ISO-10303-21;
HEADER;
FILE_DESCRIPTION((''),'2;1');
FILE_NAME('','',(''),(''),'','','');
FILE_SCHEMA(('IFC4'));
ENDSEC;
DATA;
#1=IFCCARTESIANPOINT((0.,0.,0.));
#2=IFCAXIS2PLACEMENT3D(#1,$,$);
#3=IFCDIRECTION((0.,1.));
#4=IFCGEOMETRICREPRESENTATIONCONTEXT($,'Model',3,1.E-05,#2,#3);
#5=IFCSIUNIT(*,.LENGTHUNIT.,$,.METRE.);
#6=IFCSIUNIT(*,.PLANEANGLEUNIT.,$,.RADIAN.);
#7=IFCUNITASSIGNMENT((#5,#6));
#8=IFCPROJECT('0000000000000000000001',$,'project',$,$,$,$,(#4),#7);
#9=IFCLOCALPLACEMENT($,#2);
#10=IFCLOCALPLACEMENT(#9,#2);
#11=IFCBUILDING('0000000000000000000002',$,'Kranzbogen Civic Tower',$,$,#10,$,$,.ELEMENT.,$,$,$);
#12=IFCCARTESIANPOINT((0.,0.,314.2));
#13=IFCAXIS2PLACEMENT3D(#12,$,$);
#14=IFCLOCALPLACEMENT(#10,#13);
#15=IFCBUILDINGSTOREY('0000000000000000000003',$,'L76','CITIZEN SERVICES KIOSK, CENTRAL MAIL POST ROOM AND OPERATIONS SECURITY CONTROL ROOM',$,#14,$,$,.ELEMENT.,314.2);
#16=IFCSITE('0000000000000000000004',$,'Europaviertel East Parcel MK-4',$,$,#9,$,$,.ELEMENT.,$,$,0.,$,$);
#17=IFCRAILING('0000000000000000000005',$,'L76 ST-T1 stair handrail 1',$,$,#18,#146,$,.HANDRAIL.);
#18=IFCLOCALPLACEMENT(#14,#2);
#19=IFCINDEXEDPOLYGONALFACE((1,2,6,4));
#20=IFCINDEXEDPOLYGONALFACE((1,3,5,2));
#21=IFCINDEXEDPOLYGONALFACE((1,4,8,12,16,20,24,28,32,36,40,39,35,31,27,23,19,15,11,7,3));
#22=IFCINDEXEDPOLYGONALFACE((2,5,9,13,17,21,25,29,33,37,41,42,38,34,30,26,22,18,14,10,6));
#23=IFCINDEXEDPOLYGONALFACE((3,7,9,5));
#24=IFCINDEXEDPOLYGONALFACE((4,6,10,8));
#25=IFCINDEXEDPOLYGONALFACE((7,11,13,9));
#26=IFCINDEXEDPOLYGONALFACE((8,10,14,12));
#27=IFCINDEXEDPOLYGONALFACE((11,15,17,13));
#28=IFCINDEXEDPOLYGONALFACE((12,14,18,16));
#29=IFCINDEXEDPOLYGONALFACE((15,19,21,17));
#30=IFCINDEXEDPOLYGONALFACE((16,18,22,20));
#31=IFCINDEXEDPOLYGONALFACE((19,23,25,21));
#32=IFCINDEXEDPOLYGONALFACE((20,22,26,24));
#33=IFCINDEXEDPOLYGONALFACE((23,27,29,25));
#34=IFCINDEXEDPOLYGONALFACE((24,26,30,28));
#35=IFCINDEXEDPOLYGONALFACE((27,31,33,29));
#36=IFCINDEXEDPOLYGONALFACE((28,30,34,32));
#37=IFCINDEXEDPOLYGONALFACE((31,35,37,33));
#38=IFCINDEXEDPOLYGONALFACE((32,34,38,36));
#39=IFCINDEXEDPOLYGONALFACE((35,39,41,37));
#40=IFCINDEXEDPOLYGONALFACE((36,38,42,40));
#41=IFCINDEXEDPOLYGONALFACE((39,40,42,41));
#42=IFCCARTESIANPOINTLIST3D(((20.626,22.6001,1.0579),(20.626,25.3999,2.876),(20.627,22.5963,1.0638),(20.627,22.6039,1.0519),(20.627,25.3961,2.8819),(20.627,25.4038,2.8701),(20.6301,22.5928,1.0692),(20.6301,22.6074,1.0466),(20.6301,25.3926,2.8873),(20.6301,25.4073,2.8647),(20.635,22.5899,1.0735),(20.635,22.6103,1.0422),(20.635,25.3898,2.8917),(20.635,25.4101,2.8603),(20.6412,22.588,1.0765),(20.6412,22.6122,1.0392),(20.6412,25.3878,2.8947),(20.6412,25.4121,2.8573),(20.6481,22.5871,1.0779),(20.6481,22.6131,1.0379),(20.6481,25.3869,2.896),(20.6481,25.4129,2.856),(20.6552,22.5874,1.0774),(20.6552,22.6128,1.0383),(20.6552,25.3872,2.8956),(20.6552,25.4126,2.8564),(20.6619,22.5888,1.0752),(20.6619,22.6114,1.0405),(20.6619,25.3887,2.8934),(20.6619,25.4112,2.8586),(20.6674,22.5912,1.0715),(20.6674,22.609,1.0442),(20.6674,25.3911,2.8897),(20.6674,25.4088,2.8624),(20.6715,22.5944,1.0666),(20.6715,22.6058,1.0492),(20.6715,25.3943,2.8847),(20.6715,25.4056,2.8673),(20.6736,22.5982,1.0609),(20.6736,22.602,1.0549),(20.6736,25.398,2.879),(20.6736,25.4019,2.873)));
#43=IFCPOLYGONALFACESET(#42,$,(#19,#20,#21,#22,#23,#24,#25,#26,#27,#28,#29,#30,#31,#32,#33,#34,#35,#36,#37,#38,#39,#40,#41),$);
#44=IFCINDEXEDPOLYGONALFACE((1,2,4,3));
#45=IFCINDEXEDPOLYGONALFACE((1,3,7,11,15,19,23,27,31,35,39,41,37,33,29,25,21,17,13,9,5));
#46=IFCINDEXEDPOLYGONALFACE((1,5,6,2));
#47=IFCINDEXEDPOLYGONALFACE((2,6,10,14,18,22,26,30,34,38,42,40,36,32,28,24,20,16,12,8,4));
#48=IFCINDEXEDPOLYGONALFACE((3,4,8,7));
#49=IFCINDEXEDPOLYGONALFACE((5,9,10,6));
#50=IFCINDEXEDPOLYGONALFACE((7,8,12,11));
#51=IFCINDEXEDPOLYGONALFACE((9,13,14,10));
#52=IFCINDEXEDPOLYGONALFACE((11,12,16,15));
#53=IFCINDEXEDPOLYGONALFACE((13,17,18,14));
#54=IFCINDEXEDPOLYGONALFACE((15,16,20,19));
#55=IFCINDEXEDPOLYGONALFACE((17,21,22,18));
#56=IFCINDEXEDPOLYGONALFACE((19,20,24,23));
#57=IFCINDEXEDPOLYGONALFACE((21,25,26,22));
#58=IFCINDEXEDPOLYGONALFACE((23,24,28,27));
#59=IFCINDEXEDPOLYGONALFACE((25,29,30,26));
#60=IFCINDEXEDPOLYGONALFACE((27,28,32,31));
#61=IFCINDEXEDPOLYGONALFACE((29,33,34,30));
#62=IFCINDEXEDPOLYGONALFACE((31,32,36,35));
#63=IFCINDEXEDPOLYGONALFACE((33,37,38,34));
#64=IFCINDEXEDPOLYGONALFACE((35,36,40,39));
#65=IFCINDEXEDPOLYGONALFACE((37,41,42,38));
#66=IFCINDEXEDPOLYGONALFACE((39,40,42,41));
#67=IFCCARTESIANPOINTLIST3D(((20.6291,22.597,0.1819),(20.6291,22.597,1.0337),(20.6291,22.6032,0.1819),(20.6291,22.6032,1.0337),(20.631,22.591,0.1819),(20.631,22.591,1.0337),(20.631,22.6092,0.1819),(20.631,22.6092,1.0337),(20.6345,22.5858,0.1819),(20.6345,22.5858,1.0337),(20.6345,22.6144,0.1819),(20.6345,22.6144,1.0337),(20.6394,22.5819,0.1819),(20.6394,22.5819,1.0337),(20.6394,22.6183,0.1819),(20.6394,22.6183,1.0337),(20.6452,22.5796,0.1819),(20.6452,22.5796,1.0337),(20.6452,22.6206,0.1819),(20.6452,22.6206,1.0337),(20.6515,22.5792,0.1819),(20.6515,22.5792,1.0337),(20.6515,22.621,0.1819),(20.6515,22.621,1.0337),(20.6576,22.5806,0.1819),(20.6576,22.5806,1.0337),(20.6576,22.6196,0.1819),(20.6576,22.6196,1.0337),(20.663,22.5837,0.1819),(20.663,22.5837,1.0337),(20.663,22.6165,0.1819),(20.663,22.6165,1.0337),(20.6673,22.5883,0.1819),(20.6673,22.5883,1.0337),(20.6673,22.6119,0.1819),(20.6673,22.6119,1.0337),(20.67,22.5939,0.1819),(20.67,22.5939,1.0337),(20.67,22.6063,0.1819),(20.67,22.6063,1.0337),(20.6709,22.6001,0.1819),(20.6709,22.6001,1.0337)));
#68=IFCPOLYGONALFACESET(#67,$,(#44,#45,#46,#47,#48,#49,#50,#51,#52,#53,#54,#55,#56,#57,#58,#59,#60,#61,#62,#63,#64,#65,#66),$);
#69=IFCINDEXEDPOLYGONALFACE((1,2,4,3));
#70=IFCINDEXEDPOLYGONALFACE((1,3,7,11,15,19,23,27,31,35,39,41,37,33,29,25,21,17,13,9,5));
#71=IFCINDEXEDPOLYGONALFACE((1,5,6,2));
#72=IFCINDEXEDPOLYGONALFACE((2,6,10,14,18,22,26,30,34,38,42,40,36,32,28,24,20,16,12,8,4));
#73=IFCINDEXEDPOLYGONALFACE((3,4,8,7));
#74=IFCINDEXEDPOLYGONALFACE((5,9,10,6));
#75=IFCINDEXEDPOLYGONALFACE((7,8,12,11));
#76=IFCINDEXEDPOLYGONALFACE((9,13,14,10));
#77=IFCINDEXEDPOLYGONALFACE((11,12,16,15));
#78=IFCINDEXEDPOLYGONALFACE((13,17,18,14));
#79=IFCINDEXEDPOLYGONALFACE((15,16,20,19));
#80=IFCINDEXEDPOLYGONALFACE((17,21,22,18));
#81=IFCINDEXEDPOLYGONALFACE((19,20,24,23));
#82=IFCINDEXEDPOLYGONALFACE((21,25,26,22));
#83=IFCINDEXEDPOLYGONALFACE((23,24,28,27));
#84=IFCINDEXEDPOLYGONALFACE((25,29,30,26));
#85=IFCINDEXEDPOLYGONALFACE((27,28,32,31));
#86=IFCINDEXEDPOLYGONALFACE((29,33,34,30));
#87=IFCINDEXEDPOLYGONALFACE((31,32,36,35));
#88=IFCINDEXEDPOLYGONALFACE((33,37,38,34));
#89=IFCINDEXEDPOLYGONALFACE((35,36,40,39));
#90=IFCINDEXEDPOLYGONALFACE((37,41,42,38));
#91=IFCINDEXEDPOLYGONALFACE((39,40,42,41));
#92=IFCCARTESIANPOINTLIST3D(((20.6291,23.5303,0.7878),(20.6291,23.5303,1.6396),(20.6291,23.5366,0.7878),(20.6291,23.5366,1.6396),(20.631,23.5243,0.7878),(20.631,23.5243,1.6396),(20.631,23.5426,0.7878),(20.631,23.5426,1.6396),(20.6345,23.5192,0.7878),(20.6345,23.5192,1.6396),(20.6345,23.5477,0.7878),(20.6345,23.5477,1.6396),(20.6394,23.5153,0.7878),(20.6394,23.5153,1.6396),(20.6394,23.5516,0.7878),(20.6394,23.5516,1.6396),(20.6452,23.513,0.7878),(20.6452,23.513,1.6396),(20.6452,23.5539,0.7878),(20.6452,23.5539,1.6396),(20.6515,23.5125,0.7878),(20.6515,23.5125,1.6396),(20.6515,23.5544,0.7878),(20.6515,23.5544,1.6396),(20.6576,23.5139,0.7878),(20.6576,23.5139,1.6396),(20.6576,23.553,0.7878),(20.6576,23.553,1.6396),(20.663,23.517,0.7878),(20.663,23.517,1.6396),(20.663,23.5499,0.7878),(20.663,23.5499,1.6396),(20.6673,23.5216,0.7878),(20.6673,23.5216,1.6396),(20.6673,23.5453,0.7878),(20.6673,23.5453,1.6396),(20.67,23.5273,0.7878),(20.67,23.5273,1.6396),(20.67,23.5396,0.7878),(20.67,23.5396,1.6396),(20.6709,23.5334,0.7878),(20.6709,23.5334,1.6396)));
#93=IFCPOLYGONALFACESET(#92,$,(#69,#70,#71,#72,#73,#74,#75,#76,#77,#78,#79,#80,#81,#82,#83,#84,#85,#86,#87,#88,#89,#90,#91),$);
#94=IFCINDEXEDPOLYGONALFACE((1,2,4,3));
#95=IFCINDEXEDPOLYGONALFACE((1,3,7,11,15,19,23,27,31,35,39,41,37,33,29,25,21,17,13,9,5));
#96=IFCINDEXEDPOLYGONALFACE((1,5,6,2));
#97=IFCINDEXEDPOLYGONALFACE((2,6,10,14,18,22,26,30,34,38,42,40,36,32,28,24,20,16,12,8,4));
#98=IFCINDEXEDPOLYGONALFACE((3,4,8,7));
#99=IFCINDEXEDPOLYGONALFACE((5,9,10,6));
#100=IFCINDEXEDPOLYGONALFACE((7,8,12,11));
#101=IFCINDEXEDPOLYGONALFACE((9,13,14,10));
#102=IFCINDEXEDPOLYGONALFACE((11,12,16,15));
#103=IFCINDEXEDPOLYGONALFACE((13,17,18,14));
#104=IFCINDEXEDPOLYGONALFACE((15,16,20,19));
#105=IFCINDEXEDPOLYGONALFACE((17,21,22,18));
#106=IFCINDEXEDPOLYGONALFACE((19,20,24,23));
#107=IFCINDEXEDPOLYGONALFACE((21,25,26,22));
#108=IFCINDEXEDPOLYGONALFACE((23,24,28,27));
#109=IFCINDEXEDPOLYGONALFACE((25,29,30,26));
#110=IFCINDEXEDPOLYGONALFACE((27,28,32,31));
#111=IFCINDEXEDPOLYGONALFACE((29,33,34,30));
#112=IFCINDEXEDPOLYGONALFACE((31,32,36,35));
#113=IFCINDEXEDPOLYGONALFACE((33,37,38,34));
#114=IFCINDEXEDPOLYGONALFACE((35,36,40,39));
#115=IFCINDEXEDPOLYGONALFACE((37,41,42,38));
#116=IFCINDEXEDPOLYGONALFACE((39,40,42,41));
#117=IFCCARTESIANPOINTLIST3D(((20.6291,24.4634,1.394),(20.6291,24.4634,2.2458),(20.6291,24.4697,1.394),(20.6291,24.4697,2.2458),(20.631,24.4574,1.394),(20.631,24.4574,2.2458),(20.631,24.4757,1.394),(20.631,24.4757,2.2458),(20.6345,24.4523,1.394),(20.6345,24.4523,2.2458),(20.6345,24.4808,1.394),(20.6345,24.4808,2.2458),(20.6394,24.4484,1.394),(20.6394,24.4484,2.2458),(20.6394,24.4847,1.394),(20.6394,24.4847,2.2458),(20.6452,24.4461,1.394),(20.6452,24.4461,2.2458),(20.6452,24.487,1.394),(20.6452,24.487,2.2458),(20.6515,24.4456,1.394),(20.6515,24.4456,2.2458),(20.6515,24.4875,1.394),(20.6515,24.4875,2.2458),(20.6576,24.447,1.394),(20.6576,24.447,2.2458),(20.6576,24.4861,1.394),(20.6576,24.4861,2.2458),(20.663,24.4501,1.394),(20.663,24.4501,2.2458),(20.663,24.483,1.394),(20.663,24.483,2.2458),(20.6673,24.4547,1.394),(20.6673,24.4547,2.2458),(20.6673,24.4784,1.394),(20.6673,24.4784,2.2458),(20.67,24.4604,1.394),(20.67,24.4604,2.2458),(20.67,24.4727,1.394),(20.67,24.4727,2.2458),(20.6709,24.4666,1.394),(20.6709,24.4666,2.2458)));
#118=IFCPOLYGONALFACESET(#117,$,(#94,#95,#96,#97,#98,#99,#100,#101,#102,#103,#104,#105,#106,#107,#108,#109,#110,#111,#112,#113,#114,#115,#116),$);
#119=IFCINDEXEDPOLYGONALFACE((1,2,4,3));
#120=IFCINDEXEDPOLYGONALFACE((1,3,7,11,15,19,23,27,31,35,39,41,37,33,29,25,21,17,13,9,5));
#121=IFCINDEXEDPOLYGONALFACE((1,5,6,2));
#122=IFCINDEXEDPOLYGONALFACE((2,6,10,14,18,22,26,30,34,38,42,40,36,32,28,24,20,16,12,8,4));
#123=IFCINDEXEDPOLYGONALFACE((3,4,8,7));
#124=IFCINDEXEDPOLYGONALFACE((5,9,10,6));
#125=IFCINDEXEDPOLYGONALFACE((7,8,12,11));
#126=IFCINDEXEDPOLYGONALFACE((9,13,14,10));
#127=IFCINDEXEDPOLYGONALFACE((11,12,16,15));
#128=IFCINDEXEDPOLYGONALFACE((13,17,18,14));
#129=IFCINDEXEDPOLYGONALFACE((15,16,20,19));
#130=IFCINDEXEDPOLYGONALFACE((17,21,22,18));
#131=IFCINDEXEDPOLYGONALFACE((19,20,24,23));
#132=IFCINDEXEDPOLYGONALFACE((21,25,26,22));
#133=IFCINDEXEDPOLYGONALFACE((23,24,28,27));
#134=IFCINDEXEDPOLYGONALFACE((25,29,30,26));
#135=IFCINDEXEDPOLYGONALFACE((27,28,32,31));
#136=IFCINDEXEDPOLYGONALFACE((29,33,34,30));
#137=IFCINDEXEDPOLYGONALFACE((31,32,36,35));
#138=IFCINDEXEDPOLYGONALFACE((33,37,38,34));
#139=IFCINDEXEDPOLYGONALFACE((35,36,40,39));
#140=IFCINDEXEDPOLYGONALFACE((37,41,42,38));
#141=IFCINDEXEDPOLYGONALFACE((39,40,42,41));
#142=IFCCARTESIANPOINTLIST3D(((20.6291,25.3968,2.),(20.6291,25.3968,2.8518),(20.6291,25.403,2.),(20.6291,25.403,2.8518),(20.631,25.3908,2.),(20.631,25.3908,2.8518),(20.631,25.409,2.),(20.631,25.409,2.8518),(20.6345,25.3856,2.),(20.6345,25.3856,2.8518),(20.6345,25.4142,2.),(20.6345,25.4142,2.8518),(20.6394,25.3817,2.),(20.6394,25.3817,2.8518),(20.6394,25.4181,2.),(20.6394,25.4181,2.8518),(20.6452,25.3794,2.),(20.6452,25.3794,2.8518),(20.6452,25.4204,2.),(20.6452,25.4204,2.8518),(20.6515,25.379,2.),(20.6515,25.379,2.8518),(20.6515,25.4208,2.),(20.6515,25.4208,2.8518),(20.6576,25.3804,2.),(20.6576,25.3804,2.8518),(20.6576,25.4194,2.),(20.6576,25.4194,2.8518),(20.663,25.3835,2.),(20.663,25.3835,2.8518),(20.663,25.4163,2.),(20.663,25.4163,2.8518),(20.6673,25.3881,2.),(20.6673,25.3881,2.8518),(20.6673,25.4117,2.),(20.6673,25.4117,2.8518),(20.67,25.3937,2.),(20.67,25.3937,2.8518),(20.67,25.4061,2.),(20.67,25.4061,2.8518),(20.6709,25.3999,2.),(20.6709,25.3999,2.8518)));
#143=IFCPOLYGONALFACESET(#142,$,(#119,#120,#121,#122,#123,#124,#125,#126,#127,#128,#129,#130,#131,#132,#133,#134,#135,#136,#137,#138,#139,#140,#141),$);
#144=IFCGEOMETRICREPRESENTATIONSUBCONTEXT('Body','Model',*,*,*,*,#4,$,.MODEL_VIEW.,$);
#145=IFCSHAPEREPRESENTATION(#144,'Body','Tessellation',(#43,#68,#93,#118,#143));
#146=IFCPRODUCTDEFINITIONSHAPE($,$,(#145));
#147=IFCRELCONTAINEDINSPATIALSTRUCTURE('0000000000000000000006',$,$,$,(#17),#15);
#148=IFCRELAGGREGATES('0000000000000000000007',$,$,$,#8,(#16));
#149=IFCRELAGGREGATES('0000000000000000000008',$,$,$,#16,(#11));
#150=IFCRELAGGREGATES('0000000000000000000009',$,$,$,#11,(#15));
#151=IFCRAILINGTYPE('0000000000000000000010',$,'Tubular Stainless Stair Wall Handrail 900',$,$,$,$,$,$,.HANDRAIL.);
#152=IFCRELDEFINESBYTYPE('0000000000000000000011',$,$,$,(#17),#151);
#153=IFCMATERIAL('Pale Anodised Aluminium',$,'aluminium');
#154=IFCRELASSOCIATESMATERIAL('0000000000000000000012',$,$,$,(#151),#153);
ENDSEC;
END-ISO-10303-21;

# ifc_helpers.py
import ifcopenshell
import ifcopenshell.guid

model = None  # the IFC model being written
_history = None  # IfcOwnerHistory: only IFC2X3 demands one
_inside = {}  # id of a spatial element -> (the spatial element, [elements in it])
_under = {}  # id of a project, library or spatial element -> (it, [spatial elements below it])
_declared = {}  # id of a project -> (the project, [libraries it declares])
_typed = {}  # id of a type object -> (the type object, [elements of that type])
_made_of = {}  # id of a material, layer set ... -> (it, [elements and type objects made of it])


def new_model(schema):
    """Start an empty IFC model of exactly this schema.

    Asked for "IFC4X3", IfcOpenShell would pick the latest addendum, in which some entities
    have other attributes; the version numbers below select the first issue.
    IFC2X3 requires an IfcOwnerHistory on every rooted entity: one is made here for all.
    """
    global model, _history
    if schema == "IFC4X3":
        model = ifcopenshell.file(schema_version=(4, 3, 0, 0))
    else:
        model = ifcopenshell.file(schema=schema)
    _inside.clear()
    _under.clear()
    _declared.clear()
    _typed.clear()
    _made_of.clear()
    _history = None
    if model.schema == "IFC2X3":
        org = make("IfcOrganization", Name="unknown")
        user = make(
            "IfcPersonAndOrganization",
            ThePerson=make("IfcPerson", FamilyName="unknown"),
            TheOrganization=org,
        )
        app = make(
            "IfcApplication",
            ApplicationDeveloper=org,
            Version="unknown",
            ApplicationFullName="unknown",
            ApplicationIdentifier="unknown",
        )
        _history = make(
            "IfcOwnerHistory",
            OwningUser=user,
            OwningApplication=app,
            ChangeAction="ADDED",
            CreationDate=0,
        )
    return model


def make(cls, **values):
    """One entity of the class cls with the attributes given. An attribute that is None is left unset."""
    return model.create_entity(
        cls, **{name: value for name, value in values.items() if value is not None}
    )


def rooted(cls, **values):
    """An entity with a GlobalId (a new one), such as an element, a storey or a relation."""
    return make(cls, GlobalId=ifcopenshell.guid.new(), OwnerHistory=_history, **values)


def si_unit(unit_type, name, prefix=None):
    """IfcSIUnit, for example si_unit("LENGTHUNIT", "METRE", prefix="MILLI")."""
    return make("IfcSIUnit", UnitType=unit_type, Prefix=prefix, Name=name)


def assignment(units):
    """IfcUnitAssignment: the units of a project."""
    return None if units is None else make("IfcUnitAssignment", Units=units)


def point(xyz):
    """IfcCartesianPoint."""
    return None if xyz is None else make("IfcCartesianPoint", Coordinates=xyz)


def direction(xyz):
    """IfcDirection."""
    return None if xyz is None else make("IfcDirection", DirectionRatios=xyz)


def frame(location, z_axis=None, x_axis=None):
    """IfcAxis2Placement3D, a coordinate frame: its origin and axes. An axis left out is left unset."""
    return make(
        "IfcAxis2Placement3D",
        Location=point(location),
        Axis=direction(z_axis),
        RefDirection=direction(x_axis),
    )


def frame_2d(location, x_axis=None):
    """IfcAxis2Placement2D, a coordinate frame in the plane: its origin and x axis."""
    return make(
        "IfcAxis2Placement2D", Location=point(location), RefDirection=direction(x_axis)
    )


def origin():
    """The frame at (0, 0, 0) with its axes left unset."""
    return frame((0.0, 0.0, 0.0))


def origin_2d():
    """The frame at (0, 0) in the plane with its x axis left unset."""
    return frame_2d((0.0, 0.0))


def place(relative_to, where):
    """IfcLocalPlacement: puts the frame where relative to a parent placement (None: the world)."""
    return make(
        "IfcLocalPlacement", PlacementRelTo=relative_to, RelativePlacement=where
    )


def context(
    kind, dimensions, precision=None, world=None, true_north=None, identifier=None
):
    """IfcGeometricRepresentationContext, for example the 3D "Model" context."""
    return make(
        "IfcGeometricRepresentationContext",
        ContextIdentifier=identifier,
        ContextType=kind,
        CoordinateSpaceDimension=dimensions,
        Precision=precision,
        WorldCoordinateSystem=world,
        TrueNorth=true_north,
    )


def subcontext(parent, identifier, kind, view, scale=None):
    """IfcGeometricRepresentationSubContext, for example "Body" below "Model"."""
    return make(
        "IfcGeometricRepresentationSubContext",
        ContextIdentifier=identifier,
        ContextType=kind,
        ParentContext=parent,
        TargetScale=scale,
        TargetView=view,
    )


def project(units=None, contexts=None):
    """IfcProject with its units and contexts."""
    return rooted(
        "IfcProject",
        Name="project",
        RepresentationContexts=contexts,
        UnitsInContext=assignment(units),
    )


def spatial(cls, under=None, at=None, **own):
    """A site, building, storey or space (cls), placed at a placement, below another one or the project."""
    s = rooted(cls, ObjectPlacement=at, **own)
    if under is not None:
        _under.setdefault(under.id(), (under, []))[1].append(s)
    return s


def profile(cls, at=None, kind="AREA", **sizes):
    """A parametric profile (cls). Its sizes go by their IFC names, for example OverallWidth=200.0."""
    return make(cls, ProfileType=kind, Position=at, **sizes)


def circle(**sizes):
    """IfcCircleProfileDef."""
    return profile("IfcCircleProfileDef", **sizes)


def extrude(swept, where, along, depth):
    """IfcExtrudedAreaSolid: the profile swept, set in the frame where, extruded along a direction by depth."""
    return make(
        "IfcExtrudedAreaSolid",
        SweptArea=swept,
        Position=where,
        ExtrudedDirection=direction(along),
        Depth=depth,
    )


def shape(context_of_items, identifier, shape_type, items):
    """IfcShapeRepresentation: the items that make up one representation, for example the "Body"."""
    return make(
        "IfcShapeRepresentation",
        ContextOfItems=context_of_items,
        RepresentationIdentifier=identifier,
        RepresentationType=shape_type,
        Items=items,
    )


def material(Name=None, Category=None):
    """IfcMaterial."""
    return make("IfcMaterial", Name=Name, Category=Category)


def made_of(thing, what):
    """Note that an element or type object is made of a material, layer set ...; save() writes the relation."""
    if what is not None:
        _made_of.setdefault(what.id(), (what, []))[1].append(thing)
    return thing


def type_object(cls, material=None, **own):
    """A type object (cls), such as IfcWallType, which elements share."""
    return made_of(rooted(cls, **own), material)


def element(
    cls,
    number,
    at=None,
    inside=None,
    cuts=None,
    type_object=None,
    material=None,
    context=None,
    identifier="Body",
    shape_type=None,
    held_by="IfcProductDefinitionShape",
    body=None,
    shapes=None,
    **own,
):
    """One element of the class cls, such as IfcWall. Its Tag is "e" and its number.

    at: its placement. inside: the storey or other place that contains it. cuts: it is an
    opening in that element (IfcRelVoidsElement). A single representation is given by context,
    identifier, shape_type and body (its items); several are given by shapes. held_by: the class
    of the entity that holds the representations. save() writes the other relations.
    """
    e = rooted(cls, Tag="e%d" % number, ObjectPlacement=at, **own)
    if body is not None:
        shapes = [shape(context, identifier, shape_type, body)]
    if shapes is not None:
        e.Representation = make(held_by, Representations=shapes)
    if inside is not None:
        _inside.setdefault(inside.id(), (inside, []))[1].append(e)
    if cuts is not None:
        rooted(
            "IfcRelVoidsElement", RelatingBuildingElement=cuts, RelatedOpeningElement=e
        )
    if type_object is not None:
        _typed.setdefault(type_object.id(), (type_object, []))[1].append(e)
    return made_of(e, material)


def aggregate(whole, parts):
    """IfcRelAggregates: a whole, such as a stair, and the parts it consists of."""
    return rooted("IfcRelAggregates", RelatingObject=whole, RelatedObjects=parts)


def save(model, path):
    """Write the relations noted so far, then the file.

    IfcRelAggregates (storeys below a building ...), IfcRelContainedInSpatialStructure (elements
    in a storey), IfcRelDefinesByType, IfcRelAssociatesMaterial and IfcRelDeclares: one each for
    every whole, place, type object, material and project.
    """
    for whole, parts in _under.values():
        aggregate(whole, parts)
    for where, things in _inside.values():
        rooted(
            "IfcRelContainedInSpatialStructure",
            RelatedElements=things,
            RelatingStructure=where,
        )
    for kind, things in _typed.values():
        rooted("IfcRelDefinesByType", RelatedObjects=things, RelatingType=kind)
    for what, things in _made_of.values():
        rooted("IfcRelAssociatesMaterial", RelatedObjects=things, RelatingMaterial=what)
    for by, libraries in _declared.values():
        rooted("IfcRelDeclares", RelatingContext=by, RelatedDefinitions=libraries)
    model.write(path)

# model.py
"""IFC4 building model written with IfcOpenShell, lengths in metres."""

from ifc_helpers import new_model, si_unit, direction, frame, origin, origin_2d, place, context, subcontext, project, spatial, circle, extrude, material, type_object, element, save


model = new_model("IFC4")

# Units and contexts
model_context = context("Model", 3, precision=1e-05, world=origin(), true_north=direction((0.0, 1.0)))
body_context = subcontext(model_context, "Body", "Model", "MODEL_VIEW")
ifc_project = project(units=[si_unit("LENGTHUNIT", "METRE"), si_unit("PLANEANGLEUNIT", "RADIAN")], contexts=[model_context])

# Site, building, storey
site_placement = place(None, origin())
site = spatial("IfcSite", under=ifc_project, at=site_placement, Name="Europaviertel East Parcel MK-4", CompositionType="ELEMENT", RefElevation=0.0)
building_placement = place(site_placement, origin())
building = spatial("IfcBuilding", under=site, at=building_placement, Name="Kranzbogen Civic Tower", CompositionType="ELEMENT")
storey_placement = place(building_placement, frame((0.0, 0.0, 314.2)))
storey = spatial("IfcBuildingStorey", under=building, at=storey_placement, Name="L76", Description="CITIZEN SERVICES KIOSK, CENTRAL MAIL POST ROOM AND OPERATIONS SECURITY CONTROL ROOM", CompositionType="ELEMENT", Elevation=314.2)

# Shared definitions
ifc_material_1 = material(Name="Pale Anodised Aluminium", Category="aluminium")

# Railing
railing_type_1 = type_object("IfcRailingType", Name="Tubular Stainless Stair Wall Handrail 900", PredefinedType="HANDRAIL", material=ifc_material_1)
railing_1_placement = place(storey_placement, frame((20.6499, 22.6001, 0.1819)))
element("IfcRailing", 1, at=railing_1_placement, inside=storey, type_object=railing_type_1, Name="L76 ST-T1 stair handrail 1", PredefinedType="HANDRAIL", context=body_context, shape_type="SweptSolid", body=[
    extrude(circle(Radius=0.0239, at=origin_2d()), frame((0.0, 0.0, 0.876), z_axis=(0.0, 0.838684, 0.544618), x_axis=(-1.0, 0.0, 0.0)), (0.0, 0.0, 1.0), 3.3384),
    extrude(circle(Radius=0.021, at=origin_2d()), origin(), (0.0, 0.0, 1.0), 0.8518),
    extrude(circle(Radius=0.021, at=origin_2d()), frame((0.0, 0.9333, 0.606)), (0.0, 0.0, 1.0), 0.8518),
    extrude(circle(Radius=0.021, at=origin_2d()), frame((0.0, 1.8665, 1.2122)), (0.0, 0.0, 1.0), 0.8518),
    extrude(circle(Radius=0.021, at=origin_2d()), frame((0.0, 2.7998, 1.8181)), (0.0, 0.0, 1.0), 0.8518),
])

save(model, "model.ifc")
